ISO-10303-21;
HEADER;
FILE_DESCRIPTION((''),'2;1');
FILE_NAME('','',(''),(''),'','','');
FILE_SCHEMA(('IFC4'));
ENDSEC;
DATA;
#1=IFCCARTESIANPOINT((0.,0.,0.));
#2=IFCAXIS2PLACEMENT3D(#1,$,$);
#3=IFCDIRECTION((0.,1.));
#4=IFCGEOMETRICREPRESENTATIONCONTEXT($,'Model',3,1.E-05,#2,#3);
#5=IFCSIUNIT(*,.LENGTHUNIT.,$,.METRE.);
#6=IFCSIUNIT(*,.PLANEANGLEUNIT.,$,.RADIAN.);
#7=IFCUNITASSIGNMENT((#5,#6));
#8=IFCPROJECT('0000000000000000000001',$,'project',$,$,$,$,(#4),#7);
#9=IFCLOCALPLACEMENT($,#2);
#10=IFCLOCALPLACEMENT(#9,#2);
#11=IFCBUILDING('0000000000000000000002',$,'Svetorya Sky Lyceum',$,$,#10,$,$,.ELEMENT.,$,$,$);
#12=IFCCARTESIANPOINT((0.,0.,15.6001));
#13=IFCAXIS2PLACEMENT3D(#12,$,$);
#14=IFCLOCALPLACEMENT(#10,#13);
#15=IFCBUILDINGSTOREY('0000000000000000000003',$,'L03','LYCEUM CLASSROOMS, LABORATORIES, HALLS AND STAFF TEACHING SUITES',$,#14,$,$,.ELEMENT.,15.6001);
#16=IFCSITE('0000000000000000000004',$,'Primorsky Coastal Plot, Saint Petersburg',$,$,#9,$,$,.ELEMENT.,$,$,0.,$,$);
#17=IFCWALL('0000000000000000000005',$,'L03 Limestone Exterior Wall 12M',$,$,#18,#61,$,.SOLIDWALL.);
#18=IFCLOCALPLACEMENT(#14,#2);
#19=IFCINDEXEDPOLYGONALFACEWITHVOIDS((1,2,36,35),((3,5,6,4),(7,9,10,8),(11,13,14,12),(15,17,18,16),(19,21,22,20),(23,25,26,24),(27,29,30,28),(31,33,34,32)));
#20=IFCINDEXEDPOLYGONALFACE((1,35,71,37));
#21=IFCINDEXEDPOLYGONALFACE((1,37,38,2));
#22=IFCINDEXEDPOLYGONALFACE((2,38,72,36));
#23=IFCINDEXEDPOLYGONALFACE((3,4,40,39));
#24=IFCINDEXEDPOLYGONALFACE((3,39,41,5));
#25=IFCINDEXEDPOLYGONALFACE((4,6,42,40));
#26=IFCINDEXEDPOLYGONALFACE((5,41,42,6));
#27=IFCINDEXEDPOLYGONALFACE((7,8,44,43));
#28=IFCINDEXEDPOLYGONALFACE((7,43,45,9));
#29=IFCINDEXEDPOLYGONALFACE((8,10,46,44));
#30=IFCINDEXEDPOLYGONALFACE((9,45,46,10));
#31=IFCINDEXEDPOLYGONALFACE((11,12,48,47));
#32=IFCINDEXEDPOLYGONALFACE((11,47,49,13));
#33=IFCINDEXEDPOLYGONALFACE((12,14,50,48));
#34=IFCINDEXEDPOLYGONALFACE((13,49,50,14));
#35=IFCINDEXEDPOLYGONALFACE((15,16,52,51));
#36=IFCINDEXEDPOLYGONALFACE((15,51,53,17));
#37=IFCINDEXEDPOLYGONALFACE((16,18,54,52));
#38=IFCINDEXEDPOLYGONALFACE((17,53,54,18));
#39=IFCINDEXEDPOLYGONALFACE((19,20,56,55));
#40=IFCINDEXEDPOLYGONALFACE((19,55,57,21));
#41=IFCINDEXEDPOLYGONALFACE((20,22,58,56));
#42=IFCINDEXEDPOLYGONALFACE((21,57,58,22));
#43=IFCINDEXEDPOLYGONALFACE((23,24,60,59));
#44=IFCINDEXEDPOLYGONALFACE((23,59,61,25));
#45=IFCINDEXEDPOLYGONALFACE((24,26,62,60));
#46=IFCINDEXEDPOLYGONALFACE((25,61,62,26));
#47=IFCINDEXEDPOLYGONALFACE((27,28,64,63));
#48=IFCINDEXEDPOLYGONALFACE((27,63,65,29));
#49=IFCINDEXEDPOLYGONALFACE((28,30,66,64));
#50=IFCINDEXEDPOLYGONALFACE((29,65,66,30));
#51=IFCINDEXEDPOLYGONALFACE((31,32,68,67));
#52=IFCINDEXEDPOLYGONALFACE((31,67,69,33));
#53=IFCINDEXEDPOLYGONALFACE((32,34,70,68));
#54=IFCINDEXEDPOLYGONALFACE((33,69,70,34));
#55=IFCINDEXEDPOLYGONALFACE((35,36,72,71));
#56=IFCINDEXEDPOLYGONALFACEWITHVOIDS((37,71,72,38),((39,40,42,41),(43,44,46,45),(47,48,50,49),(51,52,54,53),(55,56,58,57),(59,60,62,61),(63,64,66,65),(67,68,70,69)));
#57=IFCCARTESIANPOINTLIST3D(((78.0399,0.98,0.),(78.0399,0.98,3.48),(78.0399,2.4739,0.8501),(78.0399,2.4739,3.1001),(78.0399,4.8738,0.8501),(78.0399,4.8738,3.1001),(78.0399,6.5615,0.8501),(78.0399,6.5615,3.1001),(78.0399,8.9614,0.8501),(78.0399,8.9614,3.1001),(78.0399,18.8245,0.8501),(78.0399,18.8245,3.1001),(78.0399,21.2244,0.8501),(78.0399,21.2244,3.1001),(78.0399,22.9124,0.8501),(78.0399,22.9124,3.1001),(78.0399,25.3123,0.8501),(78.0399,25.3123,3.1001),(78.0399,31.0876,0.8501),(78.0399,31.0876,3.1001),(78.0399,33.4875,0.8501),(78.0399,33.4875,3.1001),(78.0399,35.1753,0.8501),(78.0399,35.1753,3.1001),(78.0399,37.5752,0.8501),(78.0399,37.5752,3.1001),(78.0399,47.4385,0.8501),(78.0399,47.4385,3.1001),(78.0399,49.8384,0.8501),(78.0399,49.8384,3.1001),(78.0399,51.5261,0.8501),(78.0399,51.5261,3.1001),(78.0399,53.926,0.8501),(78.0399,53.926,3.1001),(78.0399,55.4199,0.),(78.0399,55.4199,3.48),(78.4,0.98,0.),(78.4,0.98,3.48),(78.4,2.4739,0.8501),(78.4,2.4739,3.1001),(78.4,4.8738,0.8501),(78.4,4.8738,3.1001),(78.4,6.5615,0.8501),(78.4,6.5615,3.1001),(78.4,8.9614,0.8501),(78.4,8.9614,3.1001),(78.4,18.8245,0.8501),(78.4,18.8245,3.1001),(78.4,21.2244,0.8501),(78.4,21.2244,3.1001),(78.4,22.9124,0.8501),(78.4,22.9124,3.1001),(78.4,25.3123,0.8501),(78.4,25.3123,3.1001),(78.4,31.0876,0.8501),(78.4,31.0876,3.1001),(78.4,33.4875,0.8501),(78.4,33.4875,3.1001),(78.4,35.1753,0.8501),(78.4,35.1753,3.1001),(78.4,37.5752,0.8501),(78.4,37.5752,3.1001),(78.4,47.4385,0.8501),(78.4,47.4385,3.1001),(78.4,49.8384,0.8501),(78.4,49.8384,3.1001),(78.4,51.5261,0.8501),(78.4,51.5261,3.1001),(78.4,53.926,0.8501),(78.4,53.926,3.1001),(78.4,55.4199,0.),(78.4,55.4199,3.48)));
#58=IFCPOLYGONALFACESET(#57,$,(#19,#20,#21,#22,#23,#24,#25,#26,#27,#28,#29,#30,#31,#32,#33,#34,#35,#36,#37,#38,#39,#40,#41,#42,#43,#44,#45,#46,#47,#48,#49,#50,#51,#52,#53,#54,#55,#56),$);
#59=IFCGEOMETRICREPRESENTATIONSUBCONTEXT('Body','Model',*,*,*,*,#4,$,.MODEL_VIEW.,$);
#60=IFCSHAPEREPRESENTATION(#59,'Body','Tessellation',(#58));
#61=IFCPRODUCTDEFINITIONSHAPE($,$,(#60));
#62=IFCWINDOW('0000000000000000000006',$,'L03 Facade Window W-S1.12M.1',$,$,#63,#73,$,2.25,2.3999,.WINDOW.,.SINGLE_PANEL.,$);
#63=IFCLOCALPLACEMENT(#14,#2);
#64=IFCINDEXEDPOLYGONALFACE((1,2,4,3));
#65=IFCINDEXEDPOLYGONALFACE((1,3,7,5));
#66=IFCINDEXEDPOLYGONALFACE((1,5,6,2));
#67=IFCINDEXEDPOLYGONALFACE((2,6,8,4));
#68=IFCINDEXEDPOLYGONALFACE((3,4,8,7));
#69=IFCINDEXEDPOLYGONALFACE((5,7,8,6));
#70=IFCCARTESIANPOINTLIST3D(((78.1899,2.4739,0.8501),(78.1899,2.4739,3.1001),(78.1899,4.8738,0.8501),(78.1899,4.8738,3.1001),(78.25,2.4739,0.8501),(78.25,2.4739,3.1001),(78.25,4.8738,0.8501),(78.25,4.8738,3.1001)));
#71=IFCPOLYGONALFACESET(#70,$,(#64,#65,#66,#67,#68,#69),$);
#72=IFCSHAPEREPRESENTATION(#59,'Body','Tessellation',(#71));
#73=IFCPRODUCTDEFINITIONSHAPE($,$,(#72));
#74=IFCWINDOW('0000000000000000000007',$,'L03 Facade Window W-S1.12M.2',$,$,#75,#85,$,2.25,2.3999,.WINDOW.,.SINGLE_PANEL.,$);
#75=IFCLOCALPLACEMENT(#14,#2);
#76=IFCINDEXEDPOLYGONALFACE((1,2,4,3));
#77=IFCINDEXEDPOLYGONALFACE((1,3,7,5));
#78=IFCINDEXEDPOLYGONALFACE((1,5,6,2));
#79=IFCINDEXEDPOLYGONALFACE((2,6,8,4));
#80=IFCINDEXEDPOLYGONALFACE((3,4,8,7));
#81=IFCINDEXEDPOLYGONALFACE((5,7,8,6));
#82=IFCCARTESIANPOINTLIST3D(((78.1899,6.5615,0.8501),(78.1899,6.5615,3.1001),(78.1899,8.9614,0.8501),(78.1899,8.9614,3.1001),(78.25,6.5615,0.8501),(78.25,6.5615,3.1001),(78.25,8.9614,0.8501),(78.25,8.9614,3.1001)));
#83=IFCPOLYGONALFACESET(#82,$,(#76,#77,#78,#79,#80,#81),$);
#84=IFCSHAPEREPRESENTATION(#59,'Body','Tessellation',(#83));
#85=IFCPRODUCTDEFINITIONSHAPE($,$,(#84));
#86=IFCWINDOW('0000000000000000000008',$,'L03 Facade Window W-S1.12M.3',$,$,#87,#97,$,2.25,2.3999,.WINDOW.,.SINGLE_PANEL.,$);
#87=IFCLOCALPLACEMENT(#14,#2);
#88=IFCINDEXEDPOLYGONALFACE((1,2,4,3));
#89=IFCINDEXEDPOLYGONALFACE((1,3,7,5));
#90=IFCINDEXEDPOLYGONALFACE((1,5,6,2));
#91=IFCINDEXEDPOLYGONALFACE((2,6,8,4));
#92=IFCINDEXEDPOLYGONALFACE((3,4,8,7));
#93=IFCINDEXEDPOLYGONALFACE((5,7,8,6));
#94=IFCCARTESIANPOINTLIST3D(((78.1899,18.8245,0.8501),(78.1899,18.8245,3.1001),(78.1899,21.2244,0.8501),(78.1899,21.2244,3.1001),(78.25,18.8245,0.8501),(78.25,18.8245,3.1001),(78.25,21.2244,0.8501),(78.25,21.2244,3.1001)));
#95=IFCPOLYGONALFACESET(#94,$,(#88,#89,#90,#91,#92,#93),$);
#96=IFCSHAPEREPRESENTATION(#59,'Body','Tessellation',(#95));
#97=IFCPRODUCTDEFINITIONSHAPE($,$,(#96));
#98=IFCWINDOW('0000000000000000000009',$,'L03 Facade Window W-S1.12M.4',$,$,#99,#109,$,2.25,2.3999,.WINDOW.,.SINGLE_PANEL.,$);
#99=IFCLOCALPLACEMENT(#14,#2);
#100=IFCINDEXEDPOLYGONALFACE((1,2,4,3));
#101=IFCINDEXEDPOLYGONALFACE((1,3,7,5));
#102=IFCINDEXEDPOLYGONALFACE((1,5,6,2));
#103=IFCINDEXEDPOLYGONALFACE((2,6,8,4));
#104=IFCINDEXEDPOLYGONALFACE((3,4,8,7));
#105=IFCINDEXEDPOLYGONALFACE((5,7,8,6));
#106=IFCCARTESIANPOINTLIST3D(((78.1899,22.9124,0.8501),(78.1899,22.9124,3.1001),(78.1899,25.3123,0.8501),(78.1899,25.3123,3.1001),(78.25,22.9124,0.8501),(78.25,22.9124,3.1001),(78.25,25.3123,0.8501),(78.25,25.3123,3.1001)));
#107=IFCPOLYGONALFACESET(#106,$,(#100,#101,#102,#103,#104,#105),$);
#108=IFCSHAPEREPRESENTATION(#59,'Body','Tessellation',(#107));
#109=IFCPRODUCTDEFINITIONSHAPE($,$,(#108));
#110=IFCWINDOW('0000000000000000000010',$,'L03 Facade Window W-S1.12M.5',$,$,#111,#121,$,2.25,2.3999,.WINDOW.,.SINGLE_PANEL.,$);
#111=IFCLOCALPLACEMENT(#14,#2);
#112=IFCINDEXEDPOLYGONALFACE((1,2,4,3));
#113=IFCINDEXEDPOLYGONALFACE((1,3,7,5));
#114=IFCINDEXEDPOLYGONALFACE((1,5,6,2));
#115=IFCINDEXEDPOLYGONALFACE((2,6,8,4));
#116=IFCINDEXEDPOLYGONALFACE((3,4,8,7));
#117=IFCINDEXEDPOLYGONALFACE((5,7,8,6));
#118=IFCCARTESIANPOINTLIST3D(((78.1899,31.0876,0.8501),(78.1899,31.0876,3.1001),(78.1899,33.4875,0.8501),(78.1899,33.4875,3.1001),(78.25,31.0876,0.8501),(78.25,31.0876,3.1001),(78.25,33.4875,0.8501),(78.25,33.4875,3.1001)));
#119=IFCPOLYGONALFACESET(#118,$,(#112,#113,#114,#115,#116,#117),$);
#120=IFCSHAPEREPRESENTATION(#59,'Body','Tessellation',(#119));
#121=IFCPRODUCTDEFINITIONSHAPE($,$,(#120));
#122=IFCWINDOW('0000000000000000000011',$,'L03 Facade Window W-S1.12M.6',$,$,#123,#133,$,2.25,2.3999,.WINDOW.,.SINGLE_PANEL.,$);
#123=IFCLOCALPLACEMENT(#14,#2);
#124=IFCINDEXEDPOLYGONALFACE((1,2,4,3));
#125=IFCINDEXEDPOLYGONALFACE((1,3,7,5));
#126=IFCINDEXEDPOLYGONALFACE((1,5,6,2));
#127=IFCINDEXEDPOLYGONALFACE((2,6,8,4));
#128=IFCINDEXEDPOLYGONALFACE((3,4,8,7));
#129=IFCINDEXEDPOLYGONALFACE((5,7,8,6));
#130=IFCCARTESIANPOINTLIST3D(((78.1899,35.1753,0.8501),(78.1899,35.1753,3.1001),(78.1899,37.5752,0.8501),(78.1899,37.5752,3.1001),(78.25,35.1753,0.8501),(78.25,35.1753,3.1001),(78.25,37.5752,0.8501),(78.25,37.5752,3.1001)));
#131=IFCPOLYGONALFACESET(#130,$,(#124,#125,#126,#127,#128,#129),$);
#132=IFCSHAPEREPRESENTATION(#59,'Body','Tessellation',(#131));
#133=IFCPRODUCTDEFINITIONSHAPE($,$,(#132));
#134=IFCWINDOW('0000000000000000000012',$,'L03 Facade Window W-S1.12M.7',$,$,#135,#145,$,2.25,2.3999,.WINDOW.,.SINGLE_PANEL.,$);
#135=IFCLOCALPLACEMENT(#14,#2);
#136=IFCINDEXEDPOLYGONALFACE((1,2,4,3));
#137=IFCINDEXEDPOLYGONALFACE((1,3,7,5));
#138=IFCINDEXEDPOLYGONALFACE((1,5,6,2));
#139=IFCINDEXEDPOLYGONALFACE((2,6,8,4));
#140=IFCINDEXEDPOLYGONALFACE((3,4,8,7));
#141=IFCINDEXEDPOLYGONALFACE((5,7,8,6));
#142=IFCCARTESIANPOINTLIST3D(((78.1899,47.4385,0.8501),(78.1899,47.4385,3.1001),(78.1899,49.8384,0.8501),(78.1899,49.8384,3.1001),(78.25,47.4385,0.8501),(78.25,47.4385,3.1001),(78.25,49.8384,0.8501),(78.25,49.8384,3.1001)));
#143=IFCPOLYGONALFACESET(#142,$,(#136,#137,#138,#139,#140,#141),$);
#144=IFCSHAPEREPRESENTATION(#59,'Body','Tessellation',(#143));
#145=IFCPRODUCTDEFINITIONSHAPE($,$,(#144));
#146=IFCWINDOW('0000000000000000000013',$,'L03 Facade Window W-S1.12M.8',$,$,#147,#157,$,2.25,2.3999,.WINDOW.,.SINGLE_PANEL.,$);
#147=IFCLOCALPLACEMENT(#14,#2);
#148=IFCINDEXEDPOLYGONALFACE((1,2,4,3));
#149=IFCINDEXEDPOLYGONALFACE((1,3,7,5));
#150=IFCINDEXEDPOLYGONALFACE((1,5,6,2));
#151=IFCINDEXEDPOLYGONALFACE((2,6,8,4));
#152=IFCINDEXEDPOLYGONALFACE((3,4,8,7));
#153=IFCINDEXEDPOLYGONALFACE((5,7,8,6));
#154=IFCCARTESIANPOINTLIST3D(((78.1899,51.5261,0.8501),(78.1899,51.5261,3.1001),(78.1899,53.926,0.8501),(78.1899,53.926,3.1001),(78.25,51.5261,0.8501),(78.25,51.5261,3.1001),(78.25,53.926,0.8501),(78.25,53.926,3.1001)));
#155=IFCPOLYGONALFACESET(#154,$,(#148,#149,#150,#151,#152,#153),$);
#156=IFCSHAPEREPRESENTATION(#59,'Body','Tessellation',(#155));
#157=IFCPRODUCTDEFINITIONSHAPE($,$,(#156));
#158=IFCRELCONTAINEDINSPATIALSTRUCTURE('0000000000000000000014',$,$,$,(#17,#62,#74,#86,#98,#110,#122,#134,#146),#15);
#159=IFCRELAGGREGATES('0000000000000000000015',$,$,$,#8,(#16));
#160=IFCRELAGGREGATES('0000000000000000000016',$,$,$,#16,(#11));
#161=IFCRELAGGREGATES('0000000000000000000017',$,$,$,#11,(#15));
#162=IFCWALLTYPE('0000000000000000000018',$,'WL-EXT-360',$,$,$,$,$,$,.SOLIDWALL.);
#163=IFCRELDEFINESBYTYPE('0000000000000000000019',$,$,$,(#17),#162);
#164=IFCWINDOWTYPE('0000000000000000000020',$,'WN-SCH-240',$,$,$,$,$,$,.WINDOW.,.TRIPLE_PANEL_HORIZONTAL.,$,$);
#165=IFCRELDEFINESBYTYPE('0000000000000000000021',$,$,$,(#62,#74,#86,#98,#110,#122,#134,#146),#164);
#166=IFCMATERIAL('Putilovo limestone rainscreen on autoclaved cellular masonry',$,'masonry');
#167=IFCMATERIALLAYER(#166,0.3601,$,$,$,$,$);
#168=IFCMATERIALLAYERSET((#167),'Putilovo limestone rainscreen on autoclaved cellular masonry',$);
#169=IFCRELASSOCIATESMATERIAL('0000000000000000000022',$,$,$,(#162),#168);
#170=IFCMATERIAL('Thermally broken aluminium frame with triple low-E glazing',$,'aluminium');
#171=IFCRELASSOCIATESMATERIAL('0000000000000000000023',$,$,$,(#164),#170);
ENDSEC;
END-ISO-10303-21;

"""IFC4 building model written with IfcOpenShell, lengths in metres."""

from ifc_helpers import new_model, si_unit, direction, frame, frame_2d, origin, place, context, subcontext, project, spatial, rectangle, extrude, material, layer, layer_set, type_object, element, fill, save


model = new_model("IFC4")

# Units and contexts
model_context = context("Model", 3, precision=1e-05, world=origin(), true_north=direction((0.0, 1.0)))
body_context = subcontext(model_context, "Body", "Model", "MODEL_VIEW")
ifc_project = project(units=[si_unit("LENGTHUNIT", "METRE"), si_unit("PLANEANGLEUNIT", "RADIAN")], contexts=[model_context])

# Site, building, storey
site_placement = place(None, origin())
site = spatial("IfcSite", under=ifc_project, at=site_placement, Name="Primorsky Coastal Plot, Saint Petersburg", CompositionType="ELEMENT", RefElevation=0.0)
building_placement = place(site_placement, origin())
building = spatial("IfcBuilding", under=site, at=building_placement, Name="Svetorya Sky Lyceum", CompositionType="ELEMENT")
storey_placement = place(building_placement, frame((0.0, 0.0, 15.6001)))
storey = spatial("IfcBuildingStorey", under=building, at=storey_placement, Name="L03", Description="LYCEUM CLASSROOMS, LABORATORIES, HALLS AND STAFF TEACHING SUITES", CompositionType="ELEMENT", Elevation=15.6001)

# Shared definitions
ifc_material_1 = material(Name="Putilovo limestone rainscreen on autoclaved cellular masonry", Category="masonry")
ifc_layer_1 = layer(ifc_material_1, 0.3601)
ifc_layer_set_1 = layer_set([ifc_layer_1], Name="Putilovo limestone rainscreen on autoclaved cellular masonry")
wall_type_1 = type_object("IfcWallType", Name="WL-EXT-360", PredefinedType="SOLIDWALL", material=ifc_layer_set_1)

# Wall, openings, windows
wall_1_placement = place(storey_placement, frame((78.22, 0.98, 0.0), z_axis=(0.0, 0.0, 1.0), x_axis=(0.0, 1.0, 0.0)))
wall_1 = element("IfcWall", 1, at=wall_1_placement, inside=storey, type_object=wall_type_1, Name="L03 Limestone Exterior Wall 12M", PredefinedType="SOLIDWALL", context=body_context, shape_type="SweptSolid", body=[
    extrude(rectangle(XDim=54.4399, YDim=0.3601, at=frame_2d((27.22, 0.0))), origin(), (0.0, 0.0, 1.0), 3.48),
])
opening_1_placement = place(wall_1_placement, frame((1.4939, 0.0, 0.8501)))
opening_1 = element("IfcOpeningElement", 2, at=opening_1_placement, cuts=wall_1, PredefinedType="OPENING", context=body_context, shape_type="SweptSolid", body=[
    extrude(rectangle(XDim=2.3999, YDim=2.25, at=frame_2d((1.2, 1.125))), frame((0.0, 0.1899, 0.0), z_axis=(0.0, -1.0, 0.0), x_axis=(1.0, 0.0, 0.0)), (0.0, 0.0, 1.0), 0.3801),
])
opening_2_placement = place(wall_1_placement, frame((5.5815, 0.0, 0.8501)))
opening_2 = element("IfcOpeningElement", 3, at=opening_2_placement, cuts=wall_1, PredefinedType="OPENING", context=body_context, shape_type="SweptSolid", body=[
    extrude(rectangle(XDim=2.3999, YDim=2.25, at=frame_2d((1.2, 1.125))), frame((0.0, 0.1899, 0.0), z_axis=(0.0, -1.0, 0.0), x_axis=(1.0, 0.0, 0.0)), (0.0, 0.0, 1.0), 0.3801),
])
opening_3_placement = place(wall_1_placement, frame((17.8445, 0.0, 0.8501)))
opening_3 = element("IfcOpeningElement", 4, at=opening_3_placement, cuts=wall_1, PredefinedType="OPENING", context=body_context, shape_type="SweptSolid", body=[
    extrude(rectangle(XDim=2.3999, YDim=2.25, at=frame_2d((1.2, 1.125))), frame((0.0, 0.1899, 0.0), z_axis=(0.0, -1.0, 0.0), x_axis=(1.0, 0.0, 0.0)), (0.0, 0.0, 1.0), 0.3801),
])
opening_4_placement = place(wall_1_placement, frame((21.9324, 0.0, 0.8501)))
opening_4 = element("IfcOpeningElement", 5, at=opening_4_placement, cuts=wall_1, PredefinedType="OPENING", context=body_context, shape_type="SweptSolid", body=[
    extrude(rectangle(XDim=2.3999, YDim=2.25, at=frame_2d((1.2, 1.125))), frame((0.0, 0.1899, 0.0), z_axis=(0.0, -1.0, 0.0), x_axis=(1.0, 0.0, 0.0)), (0.0, 0.0, 1.0), 0.3801),
])
opening_5_placement = place(wall_1_placement, frame((30.1077, 0.0, 0.8501)))
opening_5 = element("IfcOpeningElement", 6, at=opening_5_placement, cuts=wall_1, PredefinedType="OPENING", context=body_context, shape_type="SweptSolid", body=[
    extrude(rectangle(XDim=2.3999, YDim=2.25, at=frame_2d((1.2, 1.125))), frame((0.0, 0.1899, 0.0), z_axis=(0.0, -1.0, 0.0), x_axis=(1.0, 0.0, 0.0)), (0.0, 0.0, 1.0), 0.3801),
])
opening_6_placement = place(wall_1_placement, frame((34.1953, 0.0, 0.8501)))
opening_6 = element("IfcOpeningElement", 7, at=opening_6_placement, cuts=wall_1, PredefinedType="OPENING", context=body_context, shape_type="SweptSolid", body=[
    extrude(rectangle(XDim=2.3999, YDim=2.25, at=frame_2d((1.2, 1.125))), frame((0.0, 0.1899, 0.0), z_axis=(0.0, -1.0, 0.0), x_axis=(1.0, 0.0, 0.0)), (0.0, 0.0, 1.0), 0.3801),
])
opening_7_placement = place(wall_1_placement, frame((46.4585, 0.0, 0.8501)))
opening_7 = element("IfcOpeningElement", 8, at=opening_7_placement, cuts=wall_1, PredefinedType="OPENING", context=body_context, shape_type="SweptSolid", body=[
    extrude(rectangle(XDim=2.3999, YDim=2.25, at=frame_2d((1.2, 1.125))), frame((0.0, 0.1899, 0.0), z_axis=(0.0, -1.0, 0.0), x_axis=(1.0, 0.0, 0.0)), (0.0, 0.0, 1.0), 0.3801),
])
opening_8_placement = place(wall_1_placement, frame((50.5461, 0.0, 0.8501)))
opening_8 = element("IfcOpeningElement", 9, at=opening_8_placement, cuts=wall_1, PredefinedType="OPENING", context=body_context, shape_type="SweptSolid", body=[
    extrude(rectangle(XDim=2.3999, YDim=2.25, at=frame_2d((1.2, 1.125))), frame((0.0, 0.1899, 0.0), z_axis=(0.0, -1.0, 0.0), x_axis=(1.0, 0.0, 0.0)), (0.0, 0.0, 1.0), 0.3801),
])
ifc_material_2 = material(Name="Thermally broken aluminium frame with triple low-E glazing", Category="aluminium")
window_type = type_object("IfcWindowType", Name="WN-SCH-240", PartitioningType="TRIPLE_PANEL_HORIZONTAL", PredefinedType="WINDOW", material=ifc_material_2)
window_1_placement = place(opening_1_placement, origin())
window_1 = element("IfcWindow", 10, at=window_1_placement, inside=storey, type_object=window_type, Name="L03 Facade Window W-S1.12M.1", OverallHeight=2.25, OverallWidth=2.3999, PartitioningType="SINGLE_PANEL", PredefinedType="WINDOW", context=body_context, shape_type="SweptSolid", body=[
    extrude(rectangle(XDim=2.3999, YDim=2.25, at=frame_2d((1.2, 1.125))), frame((0.0, 0.03, 0.0), z_axis=(0.0, -1.0, 0.0), x_axis=(1.0, 0.0, 0.0)), (0.0, 0.0, 1.0), 0.0601),
])
fill(opening_1, window_1)
window_2_placement = place(opening_2_placement, origin())
window_2 = element("IfcWindow", 11, at=window_2_placement, inside=storey, type_object=window_type, Name="L03 Facade Window W-S1.12M.2", OverallHeight=2.25, OverallWidth=2.3999, PartitioningType="SINGLE_PANEL", PredefinedType="WINDOW", context=body_context, shape_type="SweptSolid", body=[
    extrude(rectangle(XDim=2.3999, YDim=2.25, at=frame_2d((1.2, 1.125))), frame((0.0, 0.03, 0.0), z_axis=(0.0, -1.0, 0.0), x_axis=(1.0, 0.0, 0.0)), (0.0, 0.0, 1.0), 0.0601),
])
fill(opening_2, window_2)
window_3_placement = place(opening_3_placement, origin())
window_3 = element("IfcWindow", 12, at=window_3_placement, inside=storey, type_object=window_type, Name="L03 Facade Window W-S1.12M.3", OverallHeight=2.25, OverallWidth=2.3999, PartitioningType="SINGLE_PANEL", PredefinedType="WINDOW", context=body_context, shape_type="SweptSolid", body=[
    extrude(rectangle(XDim=2.3999, YDim=2.25, at=frame_2d((1.2, 1.125))), frame((0.0, 0.03, 0.0), z_axis=(0.0, -1.0, 0.0), x_axis=(1.0, 0.0, 0.0)), (0.0, 0.0, 1.0), 0.0601),
])
fill(opening_3, window_3)
window_4_placement = place(opening_4_placement, origin())
window_4 = element("IfcWindow", 13, at=window_4_placement, inside=storey, type_object=window_type, Name="L03 Facade Window W-S1.12M.4", OverallHeight=2.25, OverallWidth=2.3999, PartitioningType="SINGLE_PANEL", PredefinedType="WINDOW", context=body_context, shape_type="SweptSolid", body=[
    extrude(rectangle(XDim=2.3999, YDim=2.25, at=frame_2d((1.2, 1.125))), frame((0.0, 0.03, 0.0), z_axis=(0.0, -1.0, 0.0), x_axis=(1.0, 0.0, 0.0)), (0.0, 0.0, 1.0), 0.0601),
])
fill(opening_4, window_4)
window_5_placement = place(opening_5_placement, origin())
window_5 = element("IfcWindow", 14, at=window_5_placement, inside=storey, type_object=window_type, Name="L03 Facade Window W-S1.12M.5", OverallHeight=2.25, OverallWidth=2.3999, PartitioningType="SINGLE_PANEL", PredefinedType="WINDOW", context=body_context, shape_type="SweptSolid", body=[
    extrude(rectangle(XDim=2.3999, YDim=2.25, at=frame_2d((1.2, 1.125))), frame((0.0, 0.03, 0.0), z_axis=(0.0, -1.0, 0.0), x_axis=(1.0, 0.0, 0.0)), (0.0, 0.0, 1.0), 0.0601),
])
fill(opening_5, window_5)
window_6_placement = place(opening_6_placement, origin())
window_6 = element("IfcWindow", 15, at=window_6_placement, inside=storey, type_object=window_type, Name="L03 Facade Window W-S1.12M.6", OverallHeight=2.25, OverallWidth=2.3999, PartitioningType="SINGLE_PANEL", PredefinedType="WINDOW", context=body_context, shape_type="SweptSolid", body=[
    extrude(rectangle(XDim=2.3999, YDim=2.25, at=frame_2d((1.2, 1.125))), frame((0.0, 0.03, 0.0), z_axis=(0.0, -1.0, 0.0), x_axis=(1.0, 0.0, 0.0)), (0.0, 0.0, 1.0), 0.0601),
])
fill(opening_6, window_6)
window_7_placement = place(opening_7_placement, origin())
window_7 = element("IfcWindow", 16, at=window_7_placement, inside=storey, type_object=window_type, Name="L03 Facade Window W-S1.12M.7", OverallHeight=2.25, OverallWidth=2.3999, PartitioningType="SINGLE_PANEL", PredefinedType="WINDOW", context=body_context, shape_type="SweptSolid", body=[
    extrude(rectangle(XDim=2.3999, YDim=2.25, at=frame_2d((1.2, 1.125))), frame((0.0, 0.03, 0.0), z_axis=(0.0, -1.0, 0.0), x_axis=(1.0, 0.0, 0.0)), (0.0, 0.0, 1.0), 0.0601),
])
fill(opening_7, window_7)
window_8_placement = place(opening_8_placement, origin())
window_8 = element("IfcWindow", 17, at=window_8_placement, inside=storey, type_object=window_type, Name="L03 Facade Window W-S1.12M.8", OverallHeight=2.25, OverallWidth=2.3999, PartitioningType="SINGLE_PANEL", PredefinedType="WINDOW", context=body_context, shape_type="SweptSolid", body=[
    extrude(rectangle(XDim=2.3999, YDim=2.25, at=frame_2d((1.2, 1.125))), frame((0.0, 0.03, 0.0), z_axis=(0.0, -1.0, 0.0), x_axis=(1.0, 0.0, 0.0)), (0.0, 0.0, 1.0), 0.0601),
])
fill(opening_8, window_8)

save(model, "model.ifc")
